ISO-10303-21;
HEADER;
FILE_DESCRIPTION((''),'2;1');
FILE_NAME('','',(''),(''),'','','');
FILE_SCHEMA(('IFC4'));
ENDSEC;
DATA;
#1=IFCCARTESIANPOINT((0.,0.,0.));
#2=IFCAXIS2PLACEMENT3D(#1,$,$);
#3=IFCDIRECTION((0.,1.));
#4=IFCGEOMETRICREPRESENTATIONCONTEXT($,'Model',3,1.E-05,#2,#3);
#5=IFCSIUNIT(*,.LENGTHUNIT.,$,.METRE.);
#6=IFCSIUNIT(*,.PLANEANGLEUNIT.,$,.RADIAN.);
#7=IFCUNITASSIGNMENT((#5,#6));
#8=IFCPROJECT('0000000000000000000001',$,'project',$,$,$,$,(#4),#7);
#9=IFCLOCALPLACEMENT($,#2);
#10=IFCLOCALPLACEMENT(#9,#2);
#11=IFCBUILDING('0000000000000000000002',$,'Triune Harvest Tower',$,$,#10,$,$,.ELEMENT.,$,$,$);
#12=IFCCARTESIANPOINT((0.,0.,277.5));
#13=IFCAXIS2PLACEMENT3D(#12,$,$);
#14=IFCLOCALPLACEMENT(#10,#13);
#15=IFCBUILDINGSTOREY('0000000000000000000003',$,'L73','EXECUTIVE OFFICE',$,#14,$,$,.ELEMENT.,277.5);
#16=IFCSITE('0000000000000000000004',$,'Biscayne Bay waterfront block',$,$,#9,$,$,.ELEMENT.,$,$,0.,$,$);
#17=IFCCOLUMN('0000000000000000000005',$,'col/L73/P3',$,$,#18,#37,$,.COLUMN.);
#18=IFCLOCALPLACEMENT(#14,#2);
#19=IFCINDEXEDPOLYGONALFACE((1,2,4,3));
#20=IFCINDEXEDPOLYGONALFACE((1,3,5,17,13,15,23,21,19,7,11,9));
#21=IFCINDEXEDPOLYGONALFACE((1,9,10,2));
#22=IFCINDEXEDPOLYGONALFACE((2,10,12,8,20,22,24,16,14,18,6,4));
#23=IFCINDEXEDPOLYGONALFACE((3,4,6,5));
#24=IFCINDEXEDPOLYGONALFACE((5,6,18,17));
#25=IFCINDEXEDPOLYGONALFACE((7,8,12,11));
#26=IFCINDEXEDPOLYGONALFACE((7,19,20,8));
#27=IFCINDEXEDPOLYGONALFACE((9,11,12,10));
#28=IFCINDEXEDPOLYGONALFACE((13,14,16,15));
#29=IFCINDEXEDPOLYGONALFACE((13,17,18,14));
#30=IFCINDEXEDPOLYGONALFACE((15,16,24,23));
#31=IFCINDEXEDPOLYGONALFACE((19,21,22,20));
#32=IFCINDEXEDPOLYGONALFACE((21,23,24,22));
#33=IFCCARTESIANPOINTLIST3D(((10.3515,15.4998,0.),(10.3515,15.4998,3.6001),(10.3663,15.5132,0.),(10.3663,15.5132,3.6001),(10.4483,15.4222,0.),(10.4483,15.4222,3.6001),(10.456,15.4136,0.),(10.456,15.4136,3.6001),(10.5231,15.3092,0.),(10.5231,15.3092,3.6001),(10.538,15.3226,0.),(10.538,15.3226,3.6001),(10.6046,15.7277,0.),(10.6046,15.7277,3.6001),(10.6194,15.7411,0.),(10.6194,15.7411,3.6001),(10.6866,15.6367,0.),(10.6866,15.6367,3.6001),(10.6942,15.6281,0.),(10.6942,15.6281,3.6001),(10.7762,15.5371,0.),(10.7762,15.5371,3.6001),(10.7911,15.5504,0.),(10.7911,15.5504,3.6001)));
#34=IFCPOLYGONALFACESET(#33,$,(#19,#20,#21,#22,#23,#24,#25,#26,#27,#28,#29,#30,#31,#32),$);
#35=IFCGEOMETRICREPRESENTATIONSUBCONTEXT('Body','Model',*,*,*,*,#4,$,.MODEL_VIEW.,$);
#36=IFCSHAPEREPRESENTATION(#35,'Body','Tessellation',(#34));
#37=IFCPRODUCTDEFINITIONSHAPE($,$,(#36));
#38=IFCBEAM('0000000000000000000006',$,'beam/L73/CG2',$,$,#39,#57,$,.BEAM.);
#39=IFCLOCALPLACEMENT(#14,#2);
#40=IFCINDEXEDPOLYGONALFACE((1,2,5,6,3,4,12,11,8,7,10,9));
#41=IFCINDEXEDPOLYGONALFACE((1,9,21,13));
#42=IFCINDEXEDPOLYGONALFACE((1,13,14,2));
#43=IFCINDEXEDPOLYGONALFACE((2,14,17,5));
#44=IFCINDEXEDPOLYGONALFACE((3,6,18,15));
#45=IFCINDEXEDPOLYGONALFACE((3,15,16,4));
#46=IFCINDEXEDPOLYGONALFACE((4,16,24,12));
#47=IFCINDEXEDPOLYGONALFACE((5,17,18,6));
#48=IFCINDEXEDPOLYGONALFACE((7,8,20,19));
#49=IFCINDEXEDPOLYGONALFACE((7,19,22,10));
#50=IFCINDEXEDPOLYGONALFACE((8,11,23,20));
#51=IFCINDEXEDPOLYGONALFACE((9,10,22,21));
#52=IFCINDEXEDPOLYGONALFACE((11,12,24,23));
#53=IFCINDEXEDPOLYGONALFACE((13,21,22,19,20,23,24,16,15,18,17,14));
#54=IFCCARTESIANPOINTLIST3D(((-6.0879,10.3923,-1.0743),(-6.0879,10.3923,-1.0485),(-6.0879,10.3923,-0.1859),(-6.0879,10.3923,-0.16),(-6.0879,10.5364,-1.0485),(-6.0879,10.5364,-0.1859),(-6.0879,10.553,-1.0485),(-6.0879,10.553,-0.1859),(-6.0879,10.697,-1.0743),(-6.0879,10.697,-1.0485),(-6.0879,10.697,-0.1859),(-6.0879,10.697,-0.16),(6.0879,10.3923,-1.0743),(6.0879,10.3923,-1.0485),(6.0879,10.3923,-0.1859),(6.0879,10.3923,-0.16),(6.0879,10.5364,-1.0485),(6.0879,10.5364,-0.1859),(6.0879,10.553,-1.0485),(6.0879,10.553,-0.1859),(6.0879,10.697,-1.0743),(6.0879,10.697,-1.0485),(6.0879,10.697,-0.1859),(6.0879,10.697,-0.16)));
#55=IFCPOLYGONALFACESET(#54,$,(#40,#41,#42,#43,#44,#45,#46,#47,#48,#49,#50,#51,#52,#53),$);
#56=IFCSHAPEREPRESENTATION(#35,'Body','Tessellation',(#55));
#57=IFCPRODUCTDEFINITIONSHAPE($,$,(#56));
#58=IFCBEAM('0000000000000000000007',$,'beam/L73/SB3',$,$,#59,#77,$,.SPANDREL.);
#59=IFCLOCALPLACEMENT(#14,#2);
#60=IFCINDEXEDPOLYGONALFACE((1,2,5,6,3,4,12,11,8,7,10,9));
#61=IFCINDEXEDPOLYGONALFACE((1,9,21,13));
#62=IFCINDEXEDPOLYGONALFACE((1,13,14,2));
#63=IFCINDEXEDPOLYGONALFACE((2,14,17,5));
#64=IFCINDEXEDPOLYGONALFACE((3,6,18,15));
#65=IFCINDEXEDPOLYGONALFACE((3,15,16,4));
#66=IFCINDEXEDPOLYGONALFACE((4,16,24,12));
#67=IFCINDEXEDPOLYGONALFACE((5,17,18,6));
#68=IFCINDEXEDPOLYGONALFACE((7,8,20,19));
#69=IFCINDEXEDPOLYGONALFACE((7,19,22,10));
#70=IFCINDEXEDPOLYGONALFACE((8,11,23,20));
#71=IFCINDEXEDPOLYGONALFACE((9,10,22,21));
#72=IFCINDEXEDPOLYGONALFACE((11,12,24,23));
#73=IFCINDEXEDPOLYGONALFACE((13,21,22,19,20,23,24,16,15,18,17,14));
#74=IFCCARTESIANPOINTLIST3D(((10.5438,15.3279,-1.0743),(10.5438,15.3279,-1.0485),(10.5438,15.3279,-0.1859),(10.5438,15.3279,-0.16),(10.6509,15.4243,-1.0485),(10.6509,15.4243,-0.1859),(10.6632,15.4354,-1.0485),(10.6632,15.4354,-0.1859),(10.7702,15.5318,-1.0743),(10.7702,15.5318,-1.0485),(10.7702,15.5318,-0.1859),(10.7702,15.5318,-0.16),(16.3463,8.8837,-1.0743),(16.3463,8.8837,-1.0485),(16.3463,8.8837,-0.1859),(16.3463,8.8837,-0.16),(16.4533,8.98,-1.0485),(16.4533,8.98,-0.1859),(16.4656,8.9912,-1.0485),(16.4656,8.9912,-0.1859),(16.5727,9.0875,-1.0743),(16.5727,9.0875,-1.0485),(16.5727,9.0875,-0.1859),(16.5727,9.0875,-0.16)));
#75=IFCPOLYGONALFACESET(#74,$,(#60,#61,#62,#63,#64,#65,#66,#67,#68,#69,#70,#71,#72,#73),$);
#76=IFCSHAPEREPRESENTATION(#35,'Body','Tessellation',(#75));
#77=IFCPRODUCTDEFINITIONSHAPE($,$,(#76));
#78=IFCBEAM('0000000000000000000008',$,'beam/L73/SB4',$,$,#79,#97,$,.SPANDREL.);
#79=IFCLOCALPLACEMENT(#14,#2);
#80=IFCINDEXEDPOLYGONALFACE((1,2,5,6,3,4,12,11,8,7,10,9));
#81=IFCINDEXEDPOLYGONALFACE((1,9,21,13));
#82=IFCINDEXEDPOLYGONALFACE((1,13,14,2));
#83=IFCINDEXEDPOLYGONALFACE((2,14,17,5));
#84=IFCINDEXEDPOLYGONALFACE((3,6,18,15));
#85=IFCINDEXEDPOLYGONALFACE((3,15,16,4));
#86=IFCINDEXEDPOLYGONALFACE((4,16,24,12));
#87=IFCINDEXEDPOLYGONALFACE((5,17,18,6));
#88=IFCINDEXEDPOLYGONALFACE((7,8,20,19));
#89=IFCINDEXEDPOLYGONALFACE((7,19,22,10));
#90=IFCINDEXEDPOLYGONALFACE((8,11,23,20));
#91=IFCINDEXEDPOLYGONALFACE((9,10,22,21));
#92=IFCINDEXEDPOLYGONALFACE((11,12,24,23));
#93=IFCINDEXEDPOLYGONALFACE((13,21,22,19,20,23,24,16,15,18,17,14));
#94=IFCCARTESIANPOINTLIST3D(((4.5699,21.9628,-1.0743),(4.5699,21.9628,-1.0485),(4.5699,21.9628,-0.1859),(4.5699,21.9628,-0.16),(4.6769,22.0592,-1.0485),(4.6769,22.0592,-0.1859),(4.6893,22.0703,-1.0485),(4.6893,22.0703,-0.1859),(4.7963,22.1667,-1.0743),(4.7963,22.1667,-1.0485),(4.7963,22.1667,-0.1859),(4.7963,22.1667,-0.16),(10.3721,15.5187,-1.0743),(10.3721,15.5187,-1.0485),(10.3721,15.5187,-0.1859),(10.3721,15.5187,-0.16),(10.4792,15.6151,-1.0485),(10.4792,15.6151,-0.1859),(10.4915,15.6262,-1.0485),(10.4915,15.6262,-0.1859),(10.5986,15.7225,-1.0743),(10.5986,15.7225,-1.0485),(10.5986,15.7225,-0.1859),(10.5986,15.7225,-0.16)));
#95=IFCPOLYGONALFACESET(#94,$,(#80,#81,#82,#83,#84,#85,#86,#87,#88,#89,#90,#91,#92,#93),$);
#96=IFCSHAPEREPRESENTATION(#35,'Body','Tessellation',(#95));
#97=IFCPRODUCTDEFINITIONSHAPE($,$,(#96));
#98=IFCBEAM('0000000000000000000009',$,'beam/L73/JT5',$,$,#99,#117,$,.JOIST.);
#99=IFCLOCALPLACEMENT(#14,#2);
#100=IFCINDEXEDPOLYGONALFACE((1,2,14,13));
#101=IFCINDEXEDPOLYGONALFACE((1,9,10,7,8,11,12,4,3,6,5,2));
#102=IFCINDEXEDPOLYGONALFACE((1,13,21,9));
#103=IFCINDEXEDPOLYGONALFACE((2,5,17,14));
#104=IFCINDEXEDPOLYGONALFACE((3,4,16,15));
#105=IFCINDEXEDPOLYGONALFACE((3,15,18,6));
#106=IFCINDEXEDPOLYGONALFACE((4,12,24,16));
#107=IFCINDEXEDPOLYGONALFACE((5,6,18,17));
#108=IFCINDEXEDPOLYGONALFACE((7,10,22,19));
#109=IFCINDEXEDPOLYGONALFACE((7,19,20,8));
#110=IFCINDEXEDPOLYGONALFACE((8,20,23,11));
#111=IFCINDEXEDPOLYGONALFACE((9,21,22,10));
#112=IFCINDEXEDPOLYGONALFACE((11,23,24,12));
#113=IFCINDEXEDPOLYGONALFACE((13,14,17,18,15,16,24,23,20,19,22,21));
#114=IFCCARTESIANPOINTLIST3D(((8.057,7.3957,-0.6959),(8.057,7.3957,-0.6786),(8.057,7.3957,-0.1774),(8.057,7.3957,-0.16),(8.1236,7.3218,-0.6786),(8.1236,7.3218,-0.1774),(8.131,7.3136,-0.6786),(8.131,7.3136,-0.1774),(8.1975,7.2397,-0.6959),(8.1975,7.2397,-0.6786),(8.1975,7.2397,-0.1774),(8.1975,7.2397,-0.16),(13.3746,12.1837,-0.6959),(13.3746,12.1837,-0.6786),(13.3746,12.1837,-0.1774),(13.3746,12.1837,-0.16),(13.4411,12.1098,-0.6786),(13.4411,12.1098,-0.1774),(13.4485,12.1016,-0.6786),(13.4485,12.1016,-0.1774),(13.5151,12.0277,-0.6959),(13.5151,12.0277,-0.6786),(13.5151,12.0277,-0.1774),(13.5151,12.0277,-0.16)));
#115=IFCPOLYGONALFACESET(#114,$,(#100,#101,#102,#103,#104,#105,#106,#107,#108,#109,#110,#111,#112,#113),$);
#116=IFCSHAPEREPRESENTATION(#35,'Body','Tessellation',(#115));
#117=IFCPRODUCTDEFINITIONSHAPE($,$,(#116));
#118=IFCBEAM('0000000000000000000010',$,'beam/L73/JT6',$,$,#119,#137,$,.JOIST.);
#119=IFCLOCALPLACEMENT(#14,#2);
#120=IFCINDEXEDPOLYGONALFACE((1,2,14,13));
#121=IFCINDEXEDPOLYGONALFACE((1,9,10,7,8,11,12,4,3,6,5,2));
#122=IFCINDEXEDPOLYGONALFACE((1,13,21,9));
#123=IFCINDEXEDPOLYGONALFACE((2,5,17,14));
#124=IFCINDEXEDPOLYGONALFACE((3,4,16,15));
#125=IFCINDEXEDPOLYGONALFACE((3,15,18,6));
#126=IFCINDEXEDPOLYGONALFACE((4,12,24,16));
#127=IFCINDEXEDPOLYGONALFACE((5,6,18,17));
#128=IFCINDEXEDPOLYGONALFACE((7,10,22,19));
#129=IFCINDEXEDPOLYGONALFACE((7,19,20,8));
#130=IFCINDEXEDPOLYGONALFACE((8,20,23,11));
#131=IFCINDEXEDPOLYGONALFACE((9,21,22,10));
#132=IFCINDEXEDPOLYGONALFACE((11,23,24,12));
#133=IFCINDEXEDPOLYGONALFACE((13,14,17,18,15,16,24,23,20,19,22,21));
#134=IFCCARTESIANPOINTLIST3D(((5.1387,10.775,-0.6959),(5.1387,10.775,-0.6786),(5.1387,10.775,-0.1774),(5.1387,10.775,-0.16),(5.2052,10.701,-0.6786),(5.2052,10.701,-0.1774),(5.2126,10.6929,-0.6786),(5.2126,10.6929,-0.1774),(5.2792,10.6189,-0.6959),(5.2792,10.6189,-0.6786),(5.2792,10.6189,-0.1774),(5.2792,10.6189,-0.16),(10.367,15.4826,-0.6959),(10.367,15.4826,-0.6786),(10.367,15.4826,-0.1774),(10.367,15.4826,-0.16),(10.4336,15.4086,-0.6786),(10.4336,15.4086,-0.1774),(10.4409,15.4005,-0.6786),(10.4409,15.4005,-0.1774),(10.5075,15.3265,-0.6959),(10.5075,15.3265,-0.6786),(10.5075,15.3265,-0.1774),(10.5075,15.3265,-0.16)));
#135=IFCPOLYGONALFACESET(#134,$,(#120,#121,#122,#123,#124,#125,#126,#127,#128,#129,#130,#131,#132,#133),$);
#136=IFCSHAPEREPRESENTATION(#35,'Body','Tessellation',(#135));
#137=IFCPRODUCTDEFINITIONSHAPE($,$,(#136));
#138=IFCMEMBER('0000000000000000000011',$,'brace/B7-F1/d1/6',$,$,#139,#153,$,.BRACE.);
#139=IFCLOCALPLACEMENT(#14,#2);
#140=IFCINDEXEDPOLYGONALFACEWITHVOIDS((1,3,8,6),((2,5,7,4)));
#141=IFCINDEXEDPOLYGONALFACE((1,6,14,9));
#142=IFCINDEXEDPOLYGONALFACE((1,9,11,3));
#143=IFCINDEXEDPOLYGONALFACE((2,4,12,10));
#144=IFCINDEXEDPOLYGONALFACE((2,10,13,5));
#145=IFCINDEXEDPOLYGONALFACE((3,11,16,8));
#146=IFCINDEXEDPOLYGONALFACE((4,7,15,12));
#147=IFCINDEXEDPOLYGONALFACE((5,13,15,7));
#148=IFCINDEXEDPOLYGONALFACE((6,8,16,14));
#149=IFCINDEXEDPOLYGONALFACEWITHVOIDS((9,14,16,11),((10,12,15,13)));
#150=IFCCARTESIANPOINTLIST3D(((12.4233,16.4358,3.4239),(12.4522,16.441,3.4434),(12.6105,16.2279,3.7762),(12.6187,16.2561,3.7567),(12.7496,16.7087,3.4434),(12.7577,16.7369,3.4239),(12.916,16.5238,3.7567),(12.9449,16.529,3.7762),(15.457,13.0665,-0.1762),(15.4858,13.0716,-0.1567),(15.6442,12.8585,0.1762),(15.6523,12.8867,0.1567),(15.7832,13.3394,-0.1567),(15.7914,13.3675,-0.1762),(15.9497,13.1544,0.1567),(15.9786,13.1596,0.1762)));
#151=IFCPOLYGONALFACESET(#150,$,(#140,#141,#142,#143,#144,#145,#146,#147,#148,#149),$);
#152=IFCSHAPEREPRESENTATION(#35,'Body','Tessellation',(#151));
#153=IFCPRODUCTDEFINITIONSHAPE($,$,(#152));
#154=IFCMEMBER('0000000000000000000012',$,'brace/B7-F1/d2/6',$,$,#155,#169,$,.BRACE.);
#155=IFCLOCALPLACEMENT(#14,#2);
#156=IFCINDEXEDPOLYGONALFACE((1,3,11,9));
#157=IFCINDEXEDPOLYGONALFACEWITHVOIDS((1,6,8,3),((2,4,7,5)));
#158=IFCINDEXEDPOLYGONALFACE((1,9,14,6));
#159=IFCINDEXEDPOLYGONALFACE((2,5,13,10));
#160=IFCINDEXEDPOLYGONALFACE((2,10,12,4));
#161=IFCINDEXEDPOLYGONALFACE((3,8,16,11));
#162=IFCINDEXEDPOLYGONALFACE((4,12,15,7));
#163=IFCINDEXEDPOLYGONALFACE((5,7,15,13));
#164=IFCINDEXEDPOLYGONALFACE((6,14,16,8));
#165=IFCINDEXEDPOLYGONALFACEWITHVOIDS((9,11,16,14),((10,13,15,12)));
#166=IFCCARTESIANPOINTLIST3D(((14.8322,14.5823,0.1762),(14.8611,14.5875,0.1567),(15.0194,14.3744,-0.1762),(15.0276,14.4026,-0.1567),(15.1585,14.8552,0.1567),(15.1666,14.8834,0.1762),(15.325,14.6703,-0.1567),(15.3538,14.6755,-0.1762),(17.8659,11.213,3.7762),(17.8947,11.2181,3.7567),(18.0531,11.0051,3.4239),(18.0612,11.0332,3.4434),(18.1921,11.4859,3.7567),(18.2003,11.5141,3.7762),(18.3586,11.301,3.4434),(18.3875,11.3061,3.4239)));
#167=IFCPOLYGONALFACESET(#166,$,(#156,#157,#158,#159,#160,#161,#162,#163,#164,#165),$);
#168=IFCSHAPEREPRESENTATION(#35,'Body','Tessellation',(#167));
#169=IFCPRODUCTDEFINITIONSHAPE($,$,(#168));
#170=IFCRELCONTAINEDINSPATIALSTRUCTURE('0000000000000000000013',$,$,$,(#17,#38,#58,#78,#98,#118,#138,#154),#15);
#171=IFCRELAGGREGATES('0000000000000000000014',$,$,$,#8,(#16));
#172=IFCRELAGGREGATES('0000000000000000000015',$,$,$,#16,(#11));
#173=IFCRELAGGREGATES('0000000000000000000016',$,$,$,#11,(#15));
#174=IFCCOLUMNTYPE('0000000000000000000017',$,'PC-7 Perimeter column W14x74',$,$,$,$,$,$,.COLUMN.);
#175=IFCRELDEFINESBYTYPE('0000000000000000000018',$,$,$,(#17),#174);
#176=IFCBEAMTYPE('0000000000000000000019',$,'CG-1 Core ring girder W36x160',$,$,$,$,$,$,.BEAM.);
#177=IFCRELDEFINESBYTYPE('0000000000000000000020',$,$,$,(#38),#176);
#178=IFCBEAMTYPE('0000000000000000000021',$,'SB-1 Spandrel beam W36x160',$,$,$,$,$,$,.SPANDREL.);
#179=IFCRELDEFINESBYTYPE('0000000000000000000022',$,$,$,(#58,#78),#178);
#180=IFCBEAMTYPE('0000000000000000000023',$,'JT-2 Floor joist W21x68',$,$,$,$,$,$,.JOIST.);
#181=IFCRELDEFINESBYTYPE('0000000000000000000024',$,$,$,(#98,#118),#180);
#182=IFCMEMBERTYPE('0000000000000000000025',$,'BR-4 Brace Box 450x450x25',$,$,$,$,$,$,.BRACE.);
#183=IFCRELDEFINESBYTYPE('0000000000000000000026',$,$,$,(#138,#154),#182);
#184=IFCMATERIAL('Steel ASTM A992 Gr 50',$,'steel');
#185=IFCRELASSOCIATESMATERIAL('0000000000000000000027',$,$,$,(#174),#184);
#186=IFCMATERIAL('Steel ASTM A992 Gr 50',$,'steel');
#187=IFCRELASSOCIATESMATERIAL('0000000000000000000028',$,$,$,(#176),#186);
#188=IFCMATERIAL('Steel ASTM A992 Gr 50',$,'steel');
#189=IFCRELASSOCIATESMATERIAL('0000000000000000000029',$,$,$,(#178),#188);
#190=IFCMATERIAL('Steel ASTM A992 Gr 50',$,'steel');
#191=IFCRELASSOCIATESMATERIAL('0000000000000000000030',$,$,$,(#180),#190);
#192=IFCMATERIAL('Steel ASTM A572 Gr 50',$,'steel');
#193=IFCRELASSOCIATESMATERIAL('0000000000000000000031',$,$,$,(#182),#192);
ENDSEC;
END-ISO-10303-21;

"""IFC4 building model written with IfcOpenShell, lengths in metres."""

from ifc_helpers import new_model, si_unit, direction, frame, origin, origin_2d, place, context, subcontext, project, spatial, hollow_rectangle, i_section, extrude, source, transform, mapped, material, material_profile, profile_set, type_object, element, save


model = new_model("IFC4")

# Units and contexts
model_context = context("Model", 3, precision=1e-05, world=origin(), true_north=direction((0.0, 1.0)))
body_context = subcontext(model_context, "Body", "Model", "MODEL_VIEW")
ifc_project = project(units=[si_unit("LENGTHUNIT", "METRE"), si_unit("PLANEANGLEUNIT", "RADIAN")], contexts=[model_context])

# Site, building, storey
site_placement = place(None, origin())
site = spatial("IfcSite", under=ifc_project, at=site_placement, Name="Biscayne Bay waterfront block", CompositionType="ELEMENT", RefElevation=0.0)
building_placement = place(site_placement, origin())
building = spatial("IfcBuilding", under=site, at=building_placement, Name="Triune Harvest Tower", CompositionType="ELEMENT")
storey_placement = place(building_placement, frame((0.0, 0.0, 277.5)))
storey = spatial("IfcBuildingStorey", under=building, at=storey_placement, Name="L73", Description="EXECUTIVE OFFICE", CompositionType="ELEMENT", Elevation=277.5)

# Column
ifc_material_1 = material(Name="Steel ASTM A992 Gr 50", Category="steel")
ifc_material_profile_1 = material_profile(ifc_material_1, i_section(OverallWidth=0.2566, OverallDepth=0.3606, WebThickness=0.0115, FlangeThickness=0.02, at=origin_2d()), Name="W14x74")
ifc_profile_set_1 = profile_set([ifc_material_profile_1], Name="Steel ASTM A992 Gr 50")
column_type = type_object("IfcColumnType", Name="PC-7 Perimeter column W14x74", PredefinedType="COLUMN", material=ifc_profile_set_1)
shared_shape_1 = source(origin(), body_context, "Body", "SweptSolid", [
    extrude(i_section(OverallWidth=0.2566, OverallDepth=0.3606, WebThickness=0.0115, FlangeThickness=0.02, at=origin_2d()), origin(), (0.0, 0.0, 1.0), 3.6001),
])
column_placement = place(storey_placement, frame((10.5713, 15.5251, 0.0), z_axis=(0.0, 0.0, 1.0), x_axis=(-0.669131, 0.743145, 0.0)))
element("IfcColumn", 1, at=column_placement, inside=storey, type_object=column_type, Name="col/L73/P3", PredefinedType="COLUMN", context=body_context, shape_type="MappedRepresentation", body=[
    mapped(shared_shape_1, transform((0.0, 0.0, 0.0), scale=1.0)),
])

# Beams
ifc_material_2 = material(Name="Steel ASTM A992 Gr 50", Category="steel")
ifc_material_profile_2 = material_profile(ifc_material_2, i_section(OverallWidth=0.3047, OverallDepth=0.9143, WebThickness=0.0166, FlangeThickness=0.0259, at=origin_2d()), Name="W36x160")
ifc_profile_set_2 = profile_set([ifc_material_profile_2], Name="Steel ASTM A992 Gr 50")
beam_type_1 = type_object("IfcBeamType", Name="CG-1 Core ring girder W36x160", PredefinedType="BEAM", material=ifc_profile_set_2)
shared_shape_2 = source(origin(), body_context, "Body", "SweptSolid", [
    extrude(i_section(OverallWidth=0.3047, OverallDepth=0.9143, WebThickness=0.0166, FlangeThickness=0.0259, at=origin_2d()), origin(), (0.0, 0.0, 1.0), 12.1758),
])
beam_1_placement = place(storey_placement, frame((6.0879, 10.5447, -0.6172), z_axis=(-1.0, 0.0, 0.0), x_axis=(0.0, -1.0, 0.0)))
element("IfcBeam", 2, at=beam_1_placement, inside=storey, type_object=beam_type_1, Name="beam/L73/CG2", PredefinedType="BEAM", context=body_context, shape_type="MappedRepresentation", body=[
    mapped(shared_shape_2, transform((0.0, 0.0, 0.0), scale=1.0)),
])
ifc_material_3 = material(Name="Steel ASTM A992 Gr 50", Category="steel")
ifc_material_profile_3 = material_profile(ifc_material_3, i_section(OverallWidth=0.3047, OverallDepth=0.9143, WebThickness=0.0166, FlangeThickness=0.0259, at=origin_2d()), Name="W36x160")
ifc_profile_set_3 = profile_set([ifc_material_profile_3], Name="Steel ASTM A992 Gr 50")
beam_type_2 = type_object("IfcBeamType", Name="SB-1 Spandrel beam W36x160", PredefinedType="SPANDREL", material=ifc_profile_set_3)
shared_shape_3 = source(origin(), body_context, "Body", "SweptSolid", [
    extrude(i_section(OverallWidth=0.3047, OverallDepth=0.9143, WebThickness=0.0166, FlangeThickness=0.0259, at=origin_2d()), origin(), (0.0, 0.0, 1.0), 8.6716),
])
beam_2_placement = place(storey_placement, frame((16.4595, 8.9856, -0.6172), z_axis=(-0.66913, 0.743146, 0.0), x_axis=(-0.743146, -0.66913, 0.0)))
element("IfcBeam", 3, at=beam_2_placement, inside=storey, type_object=beam_type_2, Name="beam/L73/SB3", PredefinedType="SPANDREL", context=body_context, shape_type="MappedRepresentation", body=[
    mapped(shared_shape_3, transform((0.0, 0.0, 0.0), scale=1.0)),
])
shared_shape_4 = source(origin(), body_context, "Body", "SweptSolid", [
    extrude(i_section(OverallWidth=0.3047, OverallDepth=0.9143, WebThickness=0.0166, FlangeThickness=0.0259, at=origin_2d()), origin(), (0.0, 0.0, 1.0), 8.6714),
])
beam_3_placement = place(storey_placement, frame((10.4854, 15.6206, -0.6172), z_axis=(-0.669128, 0.743147, 0.0), x_axis=(-0.743147, -0.669128, 0.0)))
element("IfcBeam", 4, at=beam_3_placement, inside=storey, type_object=beam_type_2, Name="beam/L73/SB4", PredefinedType="SPANDREL", context=body_context, shape_type="MappedRepresentation", body=[
    mapped(shared_shape_4, transform((0.0, 0.0, 0.0), scale=1.0)),
])
ifc_material_4 = material(Name="Steel ASTM A992 Gr 50", Category="steel")
ifc_material_profile_4 = material_profile(ifc_material_4, i_section(OverallWidth=0.21, OverallDepth=0.5359, WebThickness=0.011, FlangeThickness=0.0173, at=origin_2d()), Name="W21x68")
ifc_profile_set_4 = profile_set([ifc_material_profile_4], Name="Steel ASTM A992 Gr 50")
beam_type_3 = type_object("IfcBeamType", Name="JT-2 Floor joist W21x68", PredefinedType="JOIST", material=ifc_profile_set_4)
shared_shape_5 = source(origin(), body_context, "Body", "SweptSolid", [
    extrude(i_section(OverallWidth=0.21, OverallDepth=0.5359, WebThickness=0.011, FlangeThickness=0.0173, at=origin_2d()), origin(), (0.0, 0.0, 1.0), 7.1555),
])
beam_4_placement = place(storey_placement, frame((13.4448, 12.1057, -0.428), z_axis=(-0.74314, -0.669136, 0.0), x_axis=(0.669136, -0.74314, 0.0)))
element("IfcBeam", 5, at=beam_4_placement, inside=storey, type_object=beam_type_3, Name="beam/L73/JT5", PredefinedType="JOIST", context=body_context, shape_type="MappedRepresentation", body=[
    mapped(shared_shape_5, transform((0.0, 0.0, 0.0), scale=1.0)),
])
shared_shape_6 = source(origin(), body_context, "Body", "SweptSolid", [
    extrude(i_section(OverallWidth=0.21, OverallDepth=0.5359, WebThickness=0.011, FlangeThickness=0.0173, at=origin_2d()), origin(), (0.0, 0.0, 1.0), 7.0354),
])
beam_5_placement = place(storey_placement, frame((10.4373, 15.4045, -0.428), z_axis=(-0.743147, -0.669128, 0.0), x_axis=(0.669128, -0.743147, 0.0)))
element("IfcBeam", 6, at=beam_5_placement, inside=storey, type_object=beam_type_3, Name="beam/L73/JT6", PredefinedType="JOIST", context=body_context, shape_type="MappedRepresentation", body=[
    mapped(shared_shape_6, transform((0.0, 0.0, 0.0), scale=1.0)),
])

# Members
ifc_material_5 = material(Name="Steel ASTM A572 Gr 50", Category="steel")
ifc_material_profile_5 = material_profile(ifc_material_5, hollow_rectangle(XDim=0.45, YDim=0.45, WallThickness=0.0249, at=origin_2d()), Name="Box 450x450x25")
ifc_profile_set_5 = profile_set([ifc_material_profile_5], Name="Steel ASTM A572 Gr 50")
member_type_1 = type_object("IfcMemberType", Name="BR-4 Brace Box 450x450x25", PredefinedType="BRACE", material=ifc_profile_set_5)
shared_shape_7 = source(origin(), body_context, "Body", "SweptSolid", [
    extrude(hollow_rectangle(XDim=0.45, YDim=0.45, WallThickness=0.0249, at=origin_2d()), origin(), (0.0, 0.0, 1.0), 5.7893),
])
for number, where, z_axis, x_axis, name in (
    (7, (15.7178, 13.113, 0.0), (-0.524011, 0.581996, 0.621847), (-0.743158, -0.669116, 0.0), "brace/B7-F1/d1/6"),
    (8, (15.093, 14.6289, 0.0), (0.524011, -0.581996, 0.621847), (0.743158, 0.669116, 0.0), "brace/B7-F1/d2/6"),
):
    element("IfcMember", number, at=place(storey_placement, frame(where, z_axis=z_axis, x_axis=x_axis)), inside=storey, type_object=member_type_1, Name=name, PredefinedType="BRACE", context=body_context, shape_type="MappedRepresentation", body=[
        mapped(shared_shape_7, transform((0.0, 0.0, 0.0), scale=1.0)),
    ])

save(model, "model.ifc")
